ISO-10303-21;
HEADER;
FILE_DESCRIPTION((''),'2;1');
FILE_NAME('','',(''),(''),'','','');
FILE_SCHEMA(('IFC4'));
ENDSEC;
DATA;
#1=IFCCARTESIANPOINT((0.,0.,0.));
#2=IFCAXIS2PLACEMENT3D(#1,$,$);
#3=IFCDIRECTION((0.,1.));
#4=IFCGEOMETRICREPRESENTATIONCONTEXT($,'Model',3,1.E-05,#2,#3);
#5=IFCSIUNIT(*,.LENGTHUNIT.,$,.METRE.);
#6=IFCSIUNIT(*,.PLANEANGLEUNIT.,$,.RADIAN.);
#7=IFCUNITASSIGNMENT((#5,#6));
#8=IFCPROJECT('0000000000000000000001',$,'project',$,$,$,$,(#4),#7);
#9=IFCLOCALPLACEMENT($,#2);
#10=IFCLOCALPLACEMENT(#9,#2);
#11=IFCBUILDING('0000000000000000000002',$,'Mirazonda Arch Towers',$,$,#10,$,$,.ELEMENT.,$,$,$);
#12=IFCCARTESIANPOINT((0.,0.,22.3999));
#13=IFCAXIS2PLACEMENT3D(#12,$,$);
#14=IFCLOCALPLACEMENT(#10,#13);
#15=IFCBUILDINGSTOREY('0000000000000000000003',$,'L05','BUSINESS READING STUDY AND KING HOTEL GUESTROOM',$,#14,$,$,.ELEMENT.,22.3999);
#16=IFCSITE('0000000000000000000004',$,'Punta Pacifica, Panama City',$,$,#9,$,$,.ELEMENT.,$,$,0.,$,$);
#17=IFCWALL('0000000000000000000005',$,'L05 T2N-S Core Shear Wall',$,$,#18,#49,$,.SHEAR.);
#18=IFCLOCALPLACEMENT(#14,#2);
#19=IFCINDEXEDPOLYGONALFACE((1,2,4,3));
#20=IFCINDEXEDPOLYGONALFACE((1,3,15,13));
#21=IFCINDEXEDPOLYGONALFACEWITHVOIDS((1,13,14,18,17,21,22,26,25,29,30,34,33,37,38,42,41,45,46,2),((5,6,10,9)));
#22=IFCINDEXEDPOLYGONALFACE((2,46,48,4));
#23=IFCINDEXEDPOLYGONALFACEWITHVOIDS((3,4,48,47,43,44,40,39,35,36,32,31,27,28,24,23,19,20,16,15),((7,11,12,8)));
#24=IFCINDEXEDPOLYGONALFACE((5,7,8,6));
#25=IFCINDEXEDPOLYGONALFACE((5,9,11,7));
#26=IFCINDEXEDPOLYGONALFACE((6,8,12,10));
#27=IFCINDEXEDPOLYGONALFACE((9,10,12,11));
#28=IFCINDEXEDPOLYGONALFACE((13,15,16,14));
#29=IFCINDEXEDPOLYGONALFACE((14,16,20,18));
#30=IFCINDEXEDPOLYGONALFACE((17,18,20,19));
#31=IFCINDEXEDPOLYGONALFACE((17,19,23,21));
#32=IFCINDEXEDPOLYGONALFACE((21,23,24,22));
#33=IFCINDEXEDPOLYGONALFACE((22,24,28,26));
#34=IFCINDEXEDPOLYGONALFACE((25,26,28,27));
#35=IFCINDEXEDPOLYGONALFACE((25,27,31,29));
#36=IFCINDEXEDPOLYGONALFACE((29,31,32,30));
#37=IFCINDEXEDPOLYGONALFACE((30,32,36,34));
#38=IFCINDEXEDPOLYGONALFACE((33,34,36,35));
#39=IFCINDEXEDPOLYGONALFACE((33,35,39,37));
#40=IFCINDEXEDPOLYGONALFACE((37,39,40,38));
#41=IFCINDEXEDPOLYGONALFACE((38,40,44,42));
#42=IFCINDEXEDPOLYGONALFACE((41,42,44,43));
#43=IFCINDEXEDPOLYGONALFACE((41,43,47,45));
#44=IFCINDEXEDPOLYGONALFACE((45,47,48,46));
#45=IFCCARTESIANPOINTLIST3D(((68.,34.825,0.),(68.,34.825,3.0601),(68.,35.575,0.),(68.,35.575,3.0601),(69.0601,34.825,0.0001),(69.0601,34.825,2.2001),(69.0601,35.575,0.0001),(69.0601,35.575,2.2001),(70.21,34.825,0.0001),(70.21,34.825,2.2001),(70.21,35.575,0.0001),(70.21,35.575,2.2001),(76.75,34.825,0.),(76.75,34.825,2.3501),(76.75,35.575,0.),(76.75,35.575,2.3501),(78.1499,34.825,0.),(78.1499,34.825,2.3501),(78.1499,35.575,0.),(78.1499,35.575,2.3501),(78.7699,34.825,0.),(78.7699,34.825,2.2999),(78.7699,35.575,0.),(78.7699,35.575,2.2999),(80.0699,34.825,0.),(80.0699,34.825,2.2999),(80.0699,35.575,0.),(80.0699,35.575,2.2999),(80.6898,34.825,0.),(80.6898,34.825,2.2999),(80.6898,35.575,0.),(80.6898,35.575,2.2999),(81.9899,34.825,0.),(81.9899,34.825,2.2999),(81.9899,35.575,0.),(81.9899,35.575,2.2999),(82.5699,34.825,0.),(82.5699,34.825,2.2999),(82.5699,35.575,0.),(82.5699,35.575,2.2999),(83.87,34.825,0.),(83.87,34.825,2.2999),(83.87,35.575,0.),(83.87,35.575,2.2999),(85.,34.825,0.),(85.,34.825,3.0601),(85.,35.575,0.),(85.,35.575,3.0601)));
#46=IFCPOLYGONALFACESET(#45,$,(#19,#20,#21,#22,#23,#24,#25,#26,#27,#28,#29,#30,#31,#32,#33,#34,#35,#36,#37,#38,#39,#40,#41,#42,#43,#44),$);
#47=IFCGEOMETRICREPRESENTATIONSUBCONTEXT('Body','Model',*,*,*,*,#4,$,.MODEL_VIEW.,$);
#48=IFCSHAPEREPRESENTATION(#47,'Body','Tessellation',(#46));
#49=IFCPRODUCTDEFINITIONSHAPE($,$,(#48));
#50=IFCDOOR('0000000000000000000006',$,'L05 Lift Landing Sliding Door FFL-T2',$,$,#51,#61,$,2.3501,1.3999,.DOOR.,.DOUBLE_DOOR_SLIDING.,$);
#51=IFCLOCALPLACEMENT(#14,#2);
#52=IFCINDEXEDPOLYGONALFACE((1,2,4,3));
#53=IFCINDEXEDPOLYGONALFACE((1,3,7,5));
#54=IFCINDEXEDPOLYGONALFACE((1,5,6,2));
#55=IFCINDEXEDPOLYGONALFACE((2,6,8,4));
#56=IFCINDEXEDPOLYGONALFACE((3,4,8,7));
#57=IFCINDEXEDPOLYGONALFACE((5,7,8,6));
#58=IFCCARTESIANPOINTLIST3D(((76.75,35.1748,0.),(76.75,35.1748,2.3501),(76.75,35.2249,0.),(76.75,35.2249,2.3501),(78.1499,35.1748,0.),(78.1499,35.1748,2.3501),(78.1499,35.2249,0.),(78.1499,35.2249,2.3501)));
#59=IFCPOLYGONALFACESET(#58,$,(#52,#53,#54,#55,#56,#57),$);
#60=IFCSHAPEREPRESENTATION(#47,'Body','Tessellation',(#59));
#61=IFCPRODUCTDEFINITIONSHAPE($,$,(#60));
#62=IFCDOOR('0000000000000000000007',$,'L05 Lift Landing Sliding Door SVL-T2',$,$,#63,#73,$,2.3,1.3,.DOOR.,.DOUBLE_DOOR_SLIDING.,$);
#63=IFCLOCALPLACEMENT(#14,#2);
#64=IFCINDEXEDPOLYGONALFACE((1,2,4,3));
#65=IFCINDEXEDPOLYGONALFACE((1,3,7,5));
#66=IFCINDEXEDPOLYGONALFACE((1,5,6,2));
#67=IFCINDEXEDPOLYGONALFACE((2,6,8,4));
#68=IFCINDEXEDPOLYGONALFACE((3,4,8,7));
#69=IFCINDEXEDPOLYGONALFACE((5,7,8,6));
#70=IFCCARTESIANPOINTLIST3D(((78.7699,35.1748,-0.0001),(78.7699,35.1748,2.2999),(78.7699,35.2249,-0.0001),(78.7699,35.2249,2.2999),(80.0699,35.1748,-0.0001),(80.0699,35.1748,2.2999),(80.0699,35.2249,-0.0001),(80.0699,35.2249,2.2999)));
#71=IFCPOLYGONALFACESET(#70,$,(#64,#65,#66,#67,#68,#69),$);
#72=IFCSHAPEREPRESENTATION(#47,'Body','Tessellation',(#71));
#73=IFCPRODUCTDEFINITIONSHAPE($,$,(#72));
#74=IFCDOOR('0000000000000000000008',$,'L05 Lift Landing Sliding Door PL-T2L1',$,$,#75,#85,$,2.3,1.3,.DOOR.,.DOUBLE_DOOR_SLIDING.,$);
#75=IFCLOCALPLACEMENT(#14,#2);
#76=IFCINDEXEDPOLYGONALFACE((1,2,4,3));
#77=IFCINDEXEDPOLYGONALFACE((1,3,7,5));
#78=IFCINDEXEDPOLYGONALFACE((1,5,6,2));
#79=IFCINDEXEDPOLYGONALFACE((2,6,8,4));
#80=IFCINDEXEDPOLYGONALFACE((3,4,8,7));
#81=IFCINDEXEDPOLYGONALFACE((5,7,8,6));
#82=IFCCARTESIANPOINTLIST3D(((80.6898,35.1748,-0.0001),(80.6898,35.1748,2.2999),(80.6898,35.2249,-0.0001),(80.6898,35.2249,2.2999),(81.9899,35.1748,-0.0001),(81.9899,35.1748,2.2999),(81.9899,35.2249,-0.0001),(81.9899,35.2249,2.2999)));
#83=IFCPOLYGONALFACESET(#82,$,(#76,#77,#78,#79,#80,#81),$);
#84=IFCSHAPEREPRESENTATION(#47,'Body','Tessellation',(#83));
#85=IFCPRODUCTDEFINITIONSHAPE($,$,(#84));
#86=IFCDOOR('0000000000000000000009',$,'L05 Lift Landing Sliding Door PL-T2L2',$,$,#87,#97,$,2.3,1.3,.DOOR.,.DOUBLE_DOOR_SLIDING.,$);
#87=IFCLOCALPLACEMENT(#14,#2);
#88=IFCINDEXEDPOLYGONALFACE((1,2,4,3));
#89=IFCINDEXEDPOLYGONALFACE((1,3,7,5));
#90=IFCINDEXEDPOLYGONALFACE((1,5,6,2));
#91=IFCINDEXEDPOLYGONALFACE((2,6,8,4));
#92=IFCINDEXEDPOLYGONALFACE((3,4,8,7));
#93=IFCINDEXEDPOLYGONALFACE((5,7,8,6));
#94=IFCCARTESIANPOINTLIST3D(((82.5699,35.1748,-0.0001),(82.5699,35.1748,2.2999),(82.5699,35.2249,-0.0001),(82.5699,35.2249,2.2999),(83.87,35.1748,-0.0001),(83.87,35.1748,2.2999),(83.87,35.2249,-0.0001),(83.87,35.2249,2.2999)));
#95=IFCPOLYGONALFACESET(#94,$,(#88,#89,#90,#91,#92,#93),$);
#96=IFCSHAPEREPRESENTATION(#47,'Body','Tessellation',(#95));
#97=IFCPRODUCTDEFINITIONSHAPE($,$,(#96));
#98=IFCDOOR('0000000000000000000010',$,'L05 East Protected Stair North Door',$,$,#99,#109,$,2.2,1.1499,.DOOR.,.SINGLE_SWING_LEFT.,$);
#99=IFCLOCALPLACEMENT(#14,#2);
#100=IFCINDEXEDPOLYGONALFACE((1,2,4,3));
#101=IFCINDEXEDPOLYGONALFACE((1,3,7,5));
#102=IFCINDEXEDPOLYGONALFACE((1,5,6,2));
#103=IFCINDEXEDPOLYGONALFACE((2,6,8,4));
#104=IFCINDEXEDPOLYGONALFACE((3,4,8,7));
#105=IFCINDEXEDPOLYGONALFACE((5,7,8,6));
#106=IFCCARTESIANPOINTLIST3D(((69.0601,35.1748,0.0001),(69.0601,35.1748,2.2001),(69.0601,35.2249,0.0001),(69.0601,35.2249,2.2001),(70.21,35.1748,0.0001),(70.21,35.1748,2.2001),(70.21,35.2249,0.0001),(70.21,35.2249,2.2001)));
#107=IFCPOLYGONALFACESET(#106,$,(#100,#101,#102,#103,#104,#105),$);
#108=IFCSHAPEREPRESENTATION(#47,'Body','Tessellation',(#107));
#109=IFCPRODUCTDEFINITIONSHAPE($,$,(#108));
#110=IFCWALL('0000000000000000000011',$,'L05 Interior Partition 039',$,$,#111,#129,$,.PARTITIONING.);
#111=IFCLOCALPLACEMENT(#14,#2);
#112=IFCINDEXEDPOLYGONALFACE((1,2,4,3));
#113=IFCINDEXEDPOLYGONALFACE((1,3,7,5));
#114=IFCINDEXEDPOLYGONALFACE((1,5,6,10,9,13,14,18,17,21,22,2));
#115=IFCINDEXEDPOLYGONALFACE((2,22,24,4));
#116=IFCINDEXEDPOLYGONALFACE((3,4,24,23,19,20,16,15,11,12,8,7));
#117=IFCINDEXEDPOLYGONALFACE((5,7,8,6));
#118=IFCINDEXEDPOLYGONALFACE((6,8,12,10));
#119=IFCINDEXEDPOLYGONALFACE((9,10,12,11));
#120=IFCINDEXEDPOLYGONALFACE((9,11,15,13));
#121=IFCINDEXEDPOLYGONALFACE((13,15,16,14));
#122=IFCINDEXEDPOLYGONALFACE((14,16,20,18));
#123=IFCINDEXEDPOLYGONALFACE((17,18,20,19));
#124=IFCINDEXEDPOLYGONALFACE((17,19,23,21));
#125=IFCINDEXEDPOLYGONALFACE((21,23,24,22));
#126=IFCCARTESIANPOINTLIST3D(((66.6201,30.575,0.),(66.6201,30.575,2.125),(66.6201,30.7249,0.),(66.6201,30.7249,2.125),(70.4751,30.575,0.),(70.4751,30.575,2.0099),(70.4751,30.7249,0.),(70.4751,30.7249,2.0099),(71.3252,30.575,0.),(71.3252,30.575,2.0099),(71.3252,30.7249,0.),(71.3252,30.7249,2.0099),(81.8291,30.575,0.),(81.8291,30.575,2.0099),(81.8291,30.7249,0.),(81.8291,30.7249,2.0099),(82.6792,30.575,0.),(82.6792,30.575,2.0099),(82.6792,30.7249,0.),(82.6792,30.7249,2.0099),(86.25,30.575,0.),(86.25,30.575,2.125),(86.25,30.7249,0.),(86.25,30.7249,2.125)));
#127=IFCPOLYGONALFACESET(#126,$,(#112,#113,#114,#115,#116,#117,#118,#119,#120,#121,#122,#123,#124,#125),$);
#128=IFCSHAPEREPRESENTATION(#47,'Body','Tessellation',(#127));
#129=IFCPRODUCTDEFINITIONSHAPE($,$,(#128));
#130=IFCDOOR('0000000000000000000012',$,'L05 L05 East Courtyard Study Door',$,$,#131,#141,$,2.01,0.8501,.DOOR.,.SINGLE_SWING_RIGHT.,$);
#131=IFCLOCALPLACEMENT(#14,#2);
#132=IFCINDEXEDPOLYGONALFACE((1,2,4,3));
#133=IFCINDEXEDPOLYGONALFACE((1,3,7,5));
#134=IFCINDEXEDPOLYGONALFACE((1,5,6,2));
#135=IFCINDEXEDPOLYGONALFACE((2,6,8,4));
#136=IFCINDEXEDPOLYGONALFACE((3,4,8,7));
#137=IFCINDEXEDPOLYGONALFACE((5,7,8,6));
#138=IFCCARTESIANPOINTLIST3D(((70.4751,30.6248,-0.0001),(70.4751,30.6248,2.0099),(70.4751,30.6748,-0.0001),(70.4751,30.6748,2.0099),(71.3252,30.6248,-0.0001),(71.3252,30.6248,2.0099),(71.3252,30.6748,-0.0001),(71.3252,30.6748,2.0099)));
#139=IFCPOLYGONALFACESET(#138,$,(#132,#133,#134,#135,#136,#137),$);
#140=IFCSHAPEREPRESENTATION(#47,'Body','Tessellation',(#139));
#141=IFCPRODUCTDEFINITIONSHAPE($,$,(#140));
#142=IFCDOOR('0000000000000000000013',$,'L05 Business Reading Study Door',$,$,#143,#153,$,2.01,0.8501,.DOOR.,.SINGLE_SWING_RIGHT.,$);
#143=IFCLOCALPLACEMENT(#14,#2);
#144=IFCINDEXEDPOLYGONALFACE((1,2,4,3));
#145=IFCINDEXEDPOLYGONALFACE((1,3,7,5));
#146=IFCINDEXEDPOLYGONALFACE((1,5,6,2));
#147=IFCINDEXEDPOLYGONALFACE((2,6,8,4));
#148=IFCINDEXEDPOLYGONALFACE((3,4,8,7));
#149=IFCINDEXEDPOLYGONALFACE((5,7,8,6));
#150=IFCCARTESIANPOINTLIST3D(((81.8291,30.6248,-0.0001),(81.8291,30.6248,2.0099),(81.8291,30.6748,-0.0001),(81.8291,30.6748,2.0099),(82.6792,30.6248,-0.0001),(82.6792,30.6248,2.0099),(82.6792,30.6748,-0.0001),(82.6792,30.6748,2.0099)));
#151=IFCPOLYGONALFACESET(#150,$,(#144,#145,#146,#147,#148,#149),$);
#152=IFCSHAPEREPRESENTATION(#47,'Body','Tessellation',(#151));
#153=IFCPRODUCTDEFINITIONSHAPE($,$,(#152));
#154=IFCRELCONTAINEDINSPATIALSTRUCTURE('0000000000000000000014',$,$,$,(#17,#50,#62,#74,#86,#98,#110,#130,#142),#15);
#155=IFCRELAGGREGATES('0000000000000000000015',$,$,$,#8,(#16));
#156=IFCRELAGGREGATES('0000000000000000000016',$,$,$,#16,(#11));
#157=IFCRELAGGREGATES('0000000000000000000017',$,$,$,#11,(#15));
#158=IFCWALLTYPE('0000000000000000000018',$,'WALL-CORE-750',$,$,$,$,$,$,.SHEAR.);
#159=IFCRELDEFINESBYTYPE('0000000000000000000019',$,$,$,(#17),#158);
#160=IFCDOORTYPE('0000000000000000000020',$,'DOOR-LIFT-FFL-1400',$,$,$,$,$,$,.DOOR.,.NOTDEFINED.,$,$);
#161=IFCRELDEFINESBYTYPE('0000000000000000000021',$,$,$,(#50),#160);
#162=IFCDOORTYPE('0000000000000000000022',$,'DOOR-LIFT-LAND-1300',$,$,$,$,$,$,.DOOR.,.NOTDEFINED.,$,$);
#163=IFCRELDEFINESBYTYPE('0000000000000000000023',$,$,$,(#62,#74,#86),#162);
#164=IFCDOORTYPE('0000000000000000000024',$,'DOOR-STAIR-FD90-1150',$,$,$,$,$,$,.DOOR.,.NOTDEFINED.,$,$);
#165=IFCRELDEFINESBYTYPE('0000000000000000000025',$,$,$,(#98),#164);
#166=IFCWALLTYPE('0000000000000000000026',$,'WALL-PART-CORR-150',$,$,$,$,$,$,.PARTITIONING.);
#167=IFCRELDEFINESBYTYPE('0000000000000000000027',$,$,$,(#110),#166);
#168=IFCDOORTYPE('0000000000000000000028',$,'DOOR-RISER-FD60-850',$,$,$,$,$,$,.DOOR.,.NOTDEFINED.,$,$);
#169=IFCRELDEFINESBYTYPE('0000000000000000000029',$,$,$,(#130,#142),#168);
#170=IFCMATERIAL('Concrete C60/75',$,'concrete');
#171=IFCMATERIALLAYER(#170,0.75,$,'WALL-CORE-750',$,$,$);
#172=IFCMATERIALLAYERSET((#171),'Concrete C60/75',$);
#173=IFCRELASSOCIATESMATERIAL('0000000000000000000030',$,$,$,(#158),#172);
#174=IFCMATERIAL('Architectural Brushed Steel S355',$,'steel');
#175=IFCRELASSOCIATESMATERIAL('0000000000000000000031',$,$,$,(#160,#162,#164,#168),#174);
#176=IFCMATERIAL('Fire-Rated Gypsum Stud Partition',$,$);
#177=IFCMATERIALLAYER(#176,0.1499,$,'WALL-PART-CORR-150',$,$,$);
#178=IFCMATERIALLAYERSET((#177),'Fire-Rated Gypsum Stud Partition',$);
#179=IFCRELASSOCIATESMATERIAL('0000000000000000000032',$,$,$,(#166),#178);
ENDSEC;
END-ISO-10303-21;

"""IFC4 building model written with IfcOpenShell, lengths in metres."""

from ifc_helpers import new_model, si_unit, direction, frame, frame_2d, origin, place, context, subcontext, project, spatial, rectangle, extrude, material, layer, layer_set, type_object, element, fill, save


model = new_model("IFC4")

# Units and contexts
model_context = context("Model", 3, precision=1e-05, world=origin(), true_north=direction((0.0, 1.0)))
body_context = subcontext(model_context, "Body", "Model", "MODEL_VIEW")
ifc_project = project(units=[si_unit("LENGTHUNIT", "METRE"), si_unit("PLANEANGLEUNIT", "RADIAN")], contexts=[model_context])

# Site, building, storey
site_placement = place(None, origin())
site = spatial("IfcSite", under=ifc_project, at=site_placement, Name="Punta Pacifica, Panama City", CompositionType="ELEMENT", RefElevation=0.0)
building_placement = place(site_placement, origin())
building = spatial("IfcBuilding", under=site, at=building_placement, Name="Mirazonda Arch Towers", CompositionType="ELEMENT")
storey_placement = place(building_placement, frame((0.0, 0.0, 22.3999)))
storey = spatial("IfcBuildingStorey", under=building, at=storey_placement, Name="L05", Description="BUSINESS READING STUDY AND KING HOTEL GUESTROOM", CompositionType="ELEMENT", Elevation=22.3999)

# Shared definitions
ifc_material_1 = material(Name="Concrete C60/75", Category="concrete")

# Shared definitions
ifc_layer_1 = layer(ifc_material_1, 0.75, Name="WALL-CORE-750")
ifc_layer_set_1 = layer_set([ifc_layer_1], Name="Concrete C60/75")
wall_type_1 = type_object("IfcWallType", Name="WALL-CORE-750", PredefinedType="SHEAR", material=ifc_layer_set_1)

# Walls, openings, doors
wall_1_placement = place(storey_placement, frame((68.0, 35.2, 0.0), z_axis=(0.0, 0.0, 1.0), x_axis=(1.0, 0.0, 0.0)))
wall_1 = element("IfcWall", 1, at=wall_1_placement, inside=storey, type_object=wall_type_1, Name="L05 T2N-S Core Shear Wall", PredefinedType="SHEAR", context=body_context, shape_type="SweptSolid", body=[
    extrude(rectangle(XDim=17.0, YDim=0.75, at=frame_2d((8.5, 0.0))), origin(), (0.0, 0.0, 1.0), 3.0601),
])
opening_1_placement = place(wall_1_placement, frame((1.0601, 0.0, 0.0)))
opening_1 = element("IfcOpeningElement", 2, at=opening_1_placement, cuts=wall_1, PredefinedType="OPENING", context=body_context, shape_type="SweptSolid", body=[
    extrude(rectangle(XDim=1.1499, YDim=2.2, at=frame_2d((0.575, 1.1001))), frame((0.0, 0.385, 0.0), z_axis=(0.0, -1.0, 0.0), x_axis=(1.0, 0.0, 0.0)), (0.0, 0.0, 1.0), 0.77),
])
opening_2_placement = place(wall_1_placement, frame((8.75, 0.0, 0.0)))
opening_2 = element("IfcOpeningElement", 3, at=opening_2_placement, cuts=wall_1, PredefinedType="OPENING", context=body_context, shape_type="SweptSolid", body=[
    extrude(rectangle(XDim=1.3999, YDim=2.3501, at=frame_2d((0.7, 1.175))), frame((0.0, 0.385, 0.0), z_axis=(0.0, -1.0, 0.0), x_axis=(1.0, 0.0, 0.0)), (0.0, 0.0, 1.0), 0.77),
])
opening_3_placement = place(wall_1_placement, frame((10.77, 0.0, 0.0)))
opening_3 = element("IfcOpeningElement", 4, at=opening_3_placement, cuts=wall_1, PredefinedType="OPENING", context=body_context, shape_type="SweptSolid", body=[
    extrude(rectangle(XDim=1.3, YDim=2.3, at=frame_2d((0.6499, 1.1499))), frame((0.0, 0.385, 0.0), z_axis=(0.0, -1.0, 0.0), x_axis=(1.0, 0.0, 0.0)), (0.0, 0.0, 1.0), 0.77),
])
opening_4_placement = place(wall_1_placement, frame((12.6899, 0.0, 0.0)))
opening_4 = element("IfcOpeningElement", 5, at=opening_4_placement, cuts=wall_1, PredefinedType="OPENING", context=body_context, shape_type="SweptSolid", body=[
    extrude(rectangle(XDim=1.3, YDim=2.3, at=frame_2d((0.6499, 1.1499))), frame((0.0, 0.385, 0.0), z_axis=(0.0, -1.0, 0.0), x_axis=(1.0, 0.0, 0.0)), (0.0, 0.0, 1.0), 0.77),
])
opening_5_placement = place(wall_1_placement, frame((14.5701, 0.0, 0.0)))
opening_5 = element("IfcOpeningElement", 6, at=opening_5_placement, cuts=wall_1, PredefinedType="OPENING", context=body_context, shape_type="SweptSolid", body=[
    extrude(rectangle(XDim=1.3, YDim=2.3, at=frame_2d((0.6499, 1.1499))), frame((0.0, 0.385, 0.0), z_axis=(0.0, -1.0, 0.0), x_axis=(1.0, 0.0, 0.0)), (0.0, 0.0, 1.0), 0.77),
])
ifc_material_2 = material(Name="Architectural Brushed Steel S355", Category="steel")
door_type_1 = type_object("IfcDoorType", Name="DOOR-LIFT-FFL-1400", OperationType="NOTDEFINED", PredefinedType="DOOR", material=ifc_material_2)
door_1_placement = place(opening_2_placement, origin())
door_1 = element("IfcDoor", 7, at=door_1_placement, inside=storey, type_object=door_type_1, Name="L05 Lift Landing Sliding Door FFL-T2", OperationType="DOUBLE_DOOR_SLIDING", OverallHeight=2.3501, OverallWidth=1.3999, PredefinedType="DOOR", context=body_context, shape_type="SweptSolid", body=[
    extrude(rectangle(XDim=1.3999, YDim=2.3501, at=frame_2d((0.7, 1.175))), frame((0.0, 0.0249, 0.0), z_axis=(0.0, -1.0, 0.0), x_axis=(1.0, 0.0, 0.0)), (0.0, 0.0, 1.0), 0.05),
])
fill(opening_2, door_1)
door_type_2 = type_object("IfcDoorType", Name="DOOR-LIFT-LAND-1300", OperationType="NOTDEFINED", PredefinedType="DOOR", material=ifc_material_2)
door_2_placement = place(opening_3_placement, origin())
door_2 = element("IfcDoor", 8, at=door_2_placement, inside=storey, type_object=door_type_2, Name="L05 Lift Landing Sliding Door SVL-T2", OperationType="DOUBLE_DOOR_SLIDING", OverallHeight=2.3, OverallWidth=1.3, PredefinedType="DOOR", context=body_context, shape_type="SweptSolid", body=[
    extrude(rectangle(XDim=1.3, YDim=2.3, at=frame_2d((0.6499, 1.1499))), frame((0.0, 0.0249, 0.0), z_axis=(0.0, -1.0, 0.0), x_axis=(1.0, 0.0, 0.0)), (0.0, 0.0, 1.0), 0.05),
])
fill(opening_3, door_2)
door_3_placement = place(opening_4_placement, origin())
door_3 = element("IfcDoor", 9, at=door_3_placement, inside=storey, type_object=door_type_2, Name="L05 Lift Landing Sliding Door PL-T2L1", OperationType="DOUBLE_DOOR_SLIDING", OverallHeight=2.3, OverallWidth=1.3, PredefinedType="DOOR", context=body_context, shape_type="SweptSolid", body=[
    extrude(rectangle(XDim=1.3, YDim=2.3, at=frame_2d((0.6499, 1.1499))), frame((0.0, 0.0249, 0.0), z_axis=(0.0, -1.0, 0.0), x_axis=(1.0, 0.0, 0.0)), (0.0, 0.0, 1.0), 0.05),
])
fill(opening_4, door_3)
door_4_placement = place(opening_5_placement, origin())
door_4 = element("IfcDoor", 10, at=door_4_placement, inside=storey, type_object=door_type_2, Name="L05 Lift Landing Sliding Door PL-T2L2", OperationType="DOUBLE_DOOR_SLIDING", OverallHeight=2.3, OverallWidth=1.3, PredefinedType="DOOR", context=body_context, shape_type="SweptSolid", body=[
    extrude(rectangle(XDim=1.3, YDim=2.3, at=frame_2d((0.6499, 1.1499))), frame((0.0, 0.0249, 0.0), z_axis=(0.0, -1.0, 0.0), x_axis=(1.0, 0.0, 0.0)), (0.0, 0.0, 1.0), 0.05),
])
fill(opening_5, door_4)
door_type_3 = type_object("IfcDoorType", Name="DOOR-STAIR-FD90-1150", OperationType="NOTDEFINED", PredefinedType="DOOR", material=ifc_material_2)
door_5_placement = place(opening_1_placement, origin())
door_5 = element("IfcDoor", 11, at=door_5_placement, inside=storey, type_object=door_type_3, Name="L05 East Protected Stair North Door", OperationType="SINGLE_SWING_LEFT", OverallHeight=2.2, OverallWidth=1.1499, PredefinedType="DOOR", context=body_context, shape_type="SweptSolid", body=[
    extrude(rectangle(XDim=1.1499, YDim=2.2, at=frame_2d((0.575, 1.1001))), frame((0.0, 0.0249, 0.0), z_axis=(0.0, -1.0, 0.0), x_axis=(1.0, 0.0, 0.0)), (0.0, 0.0, 1.0), 0.05),
])
fill(opening_1, door_5)
ifc_material_3 = material(Name="Fire-Rated Gypsum Stud Partition")
ifc_layer_2 = layer(ifc_material_3, 0.1499, Name="WALL-PART-CORR-150")
ifc_layer_set_2 = layer_set([ifc_layer_2], Name="Fire-Rated Gypsum Stud Partition")
wall_type_2 = type_object("IfcWallType", Name="WALL-PART-CORR-150", PredefinedType="PARTITIONING", material=ifc_layer_set_2)
wall_2_placement = place(storey_placement, frame((66.6201, 30.6499, 0.0), z_axis=(0.0, 0.0, 1.0), x_axis=(1.0, 0.0, 0.0)))
wall_2 = element("IfcWall", 12, at=wall_2_placement, inside=storey, type_object=wall_type_2, Name="L05 Interior Partition 039", PredefinedType="PARTITIONING", context=body_context, shape_type="SweptSolid", body=[
    extrude(rectangle(XDim=19.6299, YDim=0.1499, at=frame_2d((9.8149, 0.0))), origin(), (0.0, 0.0, 1.0), 2.125),
])
opening_6_placement = place(wall_2_placement, frame((3.855, 0.0, 0.0)))
opening_6 = element("IfcOpeningElement", 13, at=opening_6_placement, cuts=wall_2, PredefinedType="OPENING", context=body_context, shape_type="SweptSolid", body=[
    extrude(rectangle(XDim=0.8501, YDim=2.01, at=frame_2d((0.425, 1.0049))), frame((0.0, 0.085, 0.0), z_axis=(0.0, -1.0, 0.0), x_axis=(1.0, 0.0, 0.0)), (0.0, 0.0, 1.0), 0.1699),
])
opening_7_placement = place(wall_2_placement, frame((15.209, 0.0, 0.0)))
opening_7 = element("IfcOpeningElement", 14, at=opening_7_placement, cuts=wall_2, PredefinedType="OPENING", context=body_context, shape_type="SweptSolid", body=[
    extrude(rectangle(XDim=0.8501, YDim=2.01, at=frame_2d((0.425, 1.0049))), frame((0.0, 0.085, 0.0), z_axis=(0.0, -1.0, 0.0), x_axis=(1.0, 0.0, 0.0)), (0.0, 0.0, 1.0), 0.1699),
])
door_type_4 = type_object("IfcDoorType", Name="DOOR-RISER-FD60-850", OperationType="NOTDEFINED", PredefinedType="DOOR", material=ifc_material_2)
door_6_placement = place(opening_6_placement, origin())
door_6 = element("IfcDoor", 15, at=door_6_placement, inside=storey, type_object=door_type_4, Name="L05 L05 East Courtyard Study Door", OperationType="SINGLE_SWING_RIGHT", OverallHeight=2.01, OverallWidth=0.8501, PredefinedType="DOOR", context=body_context, shape_type="SweptSolid", body=[
    extrude(rectangle(XDim=0.8501, YDim=2.01, at=frame_2d((0.425, 1.0049))), frame((0.0, 0.0249, 0.0), z_axis=(0.0, -1.0, 0.0), x_axis=(1.0, 0.0, 0.0)), (0.0, 0.0, 1.0), 0.05),
])
fill(opening_6, door_6)
door_7_placement = place(opening_7_placement, origin())
door_7 = element("IfcDoor", 16, at=door_7_placement, inside=storey, type_object=door_type_4, Name="L05 Business Reading Study Door", OperationType="SINGLE_SWING_RIGHT", OverallHeight=2.01, OverallWidth=0.8501, PredefinedType="DOOR", context=body_context, shape_type="SweptSolid", body=[
    extrude(rectangle(XDim=0.8501, YDim=2.01, at=frame_2d((0.425, 1.0049))), frame((0.0, 0.0249, 0.0), z_axis=(0.0, -1.0, 0.0), x_axis=(1.0, 0.0, 0.0)), (0.0, 0.0, 1.0), 0.05),
])
fill(opening_7, door_7)

save(model, "model.ifc")
